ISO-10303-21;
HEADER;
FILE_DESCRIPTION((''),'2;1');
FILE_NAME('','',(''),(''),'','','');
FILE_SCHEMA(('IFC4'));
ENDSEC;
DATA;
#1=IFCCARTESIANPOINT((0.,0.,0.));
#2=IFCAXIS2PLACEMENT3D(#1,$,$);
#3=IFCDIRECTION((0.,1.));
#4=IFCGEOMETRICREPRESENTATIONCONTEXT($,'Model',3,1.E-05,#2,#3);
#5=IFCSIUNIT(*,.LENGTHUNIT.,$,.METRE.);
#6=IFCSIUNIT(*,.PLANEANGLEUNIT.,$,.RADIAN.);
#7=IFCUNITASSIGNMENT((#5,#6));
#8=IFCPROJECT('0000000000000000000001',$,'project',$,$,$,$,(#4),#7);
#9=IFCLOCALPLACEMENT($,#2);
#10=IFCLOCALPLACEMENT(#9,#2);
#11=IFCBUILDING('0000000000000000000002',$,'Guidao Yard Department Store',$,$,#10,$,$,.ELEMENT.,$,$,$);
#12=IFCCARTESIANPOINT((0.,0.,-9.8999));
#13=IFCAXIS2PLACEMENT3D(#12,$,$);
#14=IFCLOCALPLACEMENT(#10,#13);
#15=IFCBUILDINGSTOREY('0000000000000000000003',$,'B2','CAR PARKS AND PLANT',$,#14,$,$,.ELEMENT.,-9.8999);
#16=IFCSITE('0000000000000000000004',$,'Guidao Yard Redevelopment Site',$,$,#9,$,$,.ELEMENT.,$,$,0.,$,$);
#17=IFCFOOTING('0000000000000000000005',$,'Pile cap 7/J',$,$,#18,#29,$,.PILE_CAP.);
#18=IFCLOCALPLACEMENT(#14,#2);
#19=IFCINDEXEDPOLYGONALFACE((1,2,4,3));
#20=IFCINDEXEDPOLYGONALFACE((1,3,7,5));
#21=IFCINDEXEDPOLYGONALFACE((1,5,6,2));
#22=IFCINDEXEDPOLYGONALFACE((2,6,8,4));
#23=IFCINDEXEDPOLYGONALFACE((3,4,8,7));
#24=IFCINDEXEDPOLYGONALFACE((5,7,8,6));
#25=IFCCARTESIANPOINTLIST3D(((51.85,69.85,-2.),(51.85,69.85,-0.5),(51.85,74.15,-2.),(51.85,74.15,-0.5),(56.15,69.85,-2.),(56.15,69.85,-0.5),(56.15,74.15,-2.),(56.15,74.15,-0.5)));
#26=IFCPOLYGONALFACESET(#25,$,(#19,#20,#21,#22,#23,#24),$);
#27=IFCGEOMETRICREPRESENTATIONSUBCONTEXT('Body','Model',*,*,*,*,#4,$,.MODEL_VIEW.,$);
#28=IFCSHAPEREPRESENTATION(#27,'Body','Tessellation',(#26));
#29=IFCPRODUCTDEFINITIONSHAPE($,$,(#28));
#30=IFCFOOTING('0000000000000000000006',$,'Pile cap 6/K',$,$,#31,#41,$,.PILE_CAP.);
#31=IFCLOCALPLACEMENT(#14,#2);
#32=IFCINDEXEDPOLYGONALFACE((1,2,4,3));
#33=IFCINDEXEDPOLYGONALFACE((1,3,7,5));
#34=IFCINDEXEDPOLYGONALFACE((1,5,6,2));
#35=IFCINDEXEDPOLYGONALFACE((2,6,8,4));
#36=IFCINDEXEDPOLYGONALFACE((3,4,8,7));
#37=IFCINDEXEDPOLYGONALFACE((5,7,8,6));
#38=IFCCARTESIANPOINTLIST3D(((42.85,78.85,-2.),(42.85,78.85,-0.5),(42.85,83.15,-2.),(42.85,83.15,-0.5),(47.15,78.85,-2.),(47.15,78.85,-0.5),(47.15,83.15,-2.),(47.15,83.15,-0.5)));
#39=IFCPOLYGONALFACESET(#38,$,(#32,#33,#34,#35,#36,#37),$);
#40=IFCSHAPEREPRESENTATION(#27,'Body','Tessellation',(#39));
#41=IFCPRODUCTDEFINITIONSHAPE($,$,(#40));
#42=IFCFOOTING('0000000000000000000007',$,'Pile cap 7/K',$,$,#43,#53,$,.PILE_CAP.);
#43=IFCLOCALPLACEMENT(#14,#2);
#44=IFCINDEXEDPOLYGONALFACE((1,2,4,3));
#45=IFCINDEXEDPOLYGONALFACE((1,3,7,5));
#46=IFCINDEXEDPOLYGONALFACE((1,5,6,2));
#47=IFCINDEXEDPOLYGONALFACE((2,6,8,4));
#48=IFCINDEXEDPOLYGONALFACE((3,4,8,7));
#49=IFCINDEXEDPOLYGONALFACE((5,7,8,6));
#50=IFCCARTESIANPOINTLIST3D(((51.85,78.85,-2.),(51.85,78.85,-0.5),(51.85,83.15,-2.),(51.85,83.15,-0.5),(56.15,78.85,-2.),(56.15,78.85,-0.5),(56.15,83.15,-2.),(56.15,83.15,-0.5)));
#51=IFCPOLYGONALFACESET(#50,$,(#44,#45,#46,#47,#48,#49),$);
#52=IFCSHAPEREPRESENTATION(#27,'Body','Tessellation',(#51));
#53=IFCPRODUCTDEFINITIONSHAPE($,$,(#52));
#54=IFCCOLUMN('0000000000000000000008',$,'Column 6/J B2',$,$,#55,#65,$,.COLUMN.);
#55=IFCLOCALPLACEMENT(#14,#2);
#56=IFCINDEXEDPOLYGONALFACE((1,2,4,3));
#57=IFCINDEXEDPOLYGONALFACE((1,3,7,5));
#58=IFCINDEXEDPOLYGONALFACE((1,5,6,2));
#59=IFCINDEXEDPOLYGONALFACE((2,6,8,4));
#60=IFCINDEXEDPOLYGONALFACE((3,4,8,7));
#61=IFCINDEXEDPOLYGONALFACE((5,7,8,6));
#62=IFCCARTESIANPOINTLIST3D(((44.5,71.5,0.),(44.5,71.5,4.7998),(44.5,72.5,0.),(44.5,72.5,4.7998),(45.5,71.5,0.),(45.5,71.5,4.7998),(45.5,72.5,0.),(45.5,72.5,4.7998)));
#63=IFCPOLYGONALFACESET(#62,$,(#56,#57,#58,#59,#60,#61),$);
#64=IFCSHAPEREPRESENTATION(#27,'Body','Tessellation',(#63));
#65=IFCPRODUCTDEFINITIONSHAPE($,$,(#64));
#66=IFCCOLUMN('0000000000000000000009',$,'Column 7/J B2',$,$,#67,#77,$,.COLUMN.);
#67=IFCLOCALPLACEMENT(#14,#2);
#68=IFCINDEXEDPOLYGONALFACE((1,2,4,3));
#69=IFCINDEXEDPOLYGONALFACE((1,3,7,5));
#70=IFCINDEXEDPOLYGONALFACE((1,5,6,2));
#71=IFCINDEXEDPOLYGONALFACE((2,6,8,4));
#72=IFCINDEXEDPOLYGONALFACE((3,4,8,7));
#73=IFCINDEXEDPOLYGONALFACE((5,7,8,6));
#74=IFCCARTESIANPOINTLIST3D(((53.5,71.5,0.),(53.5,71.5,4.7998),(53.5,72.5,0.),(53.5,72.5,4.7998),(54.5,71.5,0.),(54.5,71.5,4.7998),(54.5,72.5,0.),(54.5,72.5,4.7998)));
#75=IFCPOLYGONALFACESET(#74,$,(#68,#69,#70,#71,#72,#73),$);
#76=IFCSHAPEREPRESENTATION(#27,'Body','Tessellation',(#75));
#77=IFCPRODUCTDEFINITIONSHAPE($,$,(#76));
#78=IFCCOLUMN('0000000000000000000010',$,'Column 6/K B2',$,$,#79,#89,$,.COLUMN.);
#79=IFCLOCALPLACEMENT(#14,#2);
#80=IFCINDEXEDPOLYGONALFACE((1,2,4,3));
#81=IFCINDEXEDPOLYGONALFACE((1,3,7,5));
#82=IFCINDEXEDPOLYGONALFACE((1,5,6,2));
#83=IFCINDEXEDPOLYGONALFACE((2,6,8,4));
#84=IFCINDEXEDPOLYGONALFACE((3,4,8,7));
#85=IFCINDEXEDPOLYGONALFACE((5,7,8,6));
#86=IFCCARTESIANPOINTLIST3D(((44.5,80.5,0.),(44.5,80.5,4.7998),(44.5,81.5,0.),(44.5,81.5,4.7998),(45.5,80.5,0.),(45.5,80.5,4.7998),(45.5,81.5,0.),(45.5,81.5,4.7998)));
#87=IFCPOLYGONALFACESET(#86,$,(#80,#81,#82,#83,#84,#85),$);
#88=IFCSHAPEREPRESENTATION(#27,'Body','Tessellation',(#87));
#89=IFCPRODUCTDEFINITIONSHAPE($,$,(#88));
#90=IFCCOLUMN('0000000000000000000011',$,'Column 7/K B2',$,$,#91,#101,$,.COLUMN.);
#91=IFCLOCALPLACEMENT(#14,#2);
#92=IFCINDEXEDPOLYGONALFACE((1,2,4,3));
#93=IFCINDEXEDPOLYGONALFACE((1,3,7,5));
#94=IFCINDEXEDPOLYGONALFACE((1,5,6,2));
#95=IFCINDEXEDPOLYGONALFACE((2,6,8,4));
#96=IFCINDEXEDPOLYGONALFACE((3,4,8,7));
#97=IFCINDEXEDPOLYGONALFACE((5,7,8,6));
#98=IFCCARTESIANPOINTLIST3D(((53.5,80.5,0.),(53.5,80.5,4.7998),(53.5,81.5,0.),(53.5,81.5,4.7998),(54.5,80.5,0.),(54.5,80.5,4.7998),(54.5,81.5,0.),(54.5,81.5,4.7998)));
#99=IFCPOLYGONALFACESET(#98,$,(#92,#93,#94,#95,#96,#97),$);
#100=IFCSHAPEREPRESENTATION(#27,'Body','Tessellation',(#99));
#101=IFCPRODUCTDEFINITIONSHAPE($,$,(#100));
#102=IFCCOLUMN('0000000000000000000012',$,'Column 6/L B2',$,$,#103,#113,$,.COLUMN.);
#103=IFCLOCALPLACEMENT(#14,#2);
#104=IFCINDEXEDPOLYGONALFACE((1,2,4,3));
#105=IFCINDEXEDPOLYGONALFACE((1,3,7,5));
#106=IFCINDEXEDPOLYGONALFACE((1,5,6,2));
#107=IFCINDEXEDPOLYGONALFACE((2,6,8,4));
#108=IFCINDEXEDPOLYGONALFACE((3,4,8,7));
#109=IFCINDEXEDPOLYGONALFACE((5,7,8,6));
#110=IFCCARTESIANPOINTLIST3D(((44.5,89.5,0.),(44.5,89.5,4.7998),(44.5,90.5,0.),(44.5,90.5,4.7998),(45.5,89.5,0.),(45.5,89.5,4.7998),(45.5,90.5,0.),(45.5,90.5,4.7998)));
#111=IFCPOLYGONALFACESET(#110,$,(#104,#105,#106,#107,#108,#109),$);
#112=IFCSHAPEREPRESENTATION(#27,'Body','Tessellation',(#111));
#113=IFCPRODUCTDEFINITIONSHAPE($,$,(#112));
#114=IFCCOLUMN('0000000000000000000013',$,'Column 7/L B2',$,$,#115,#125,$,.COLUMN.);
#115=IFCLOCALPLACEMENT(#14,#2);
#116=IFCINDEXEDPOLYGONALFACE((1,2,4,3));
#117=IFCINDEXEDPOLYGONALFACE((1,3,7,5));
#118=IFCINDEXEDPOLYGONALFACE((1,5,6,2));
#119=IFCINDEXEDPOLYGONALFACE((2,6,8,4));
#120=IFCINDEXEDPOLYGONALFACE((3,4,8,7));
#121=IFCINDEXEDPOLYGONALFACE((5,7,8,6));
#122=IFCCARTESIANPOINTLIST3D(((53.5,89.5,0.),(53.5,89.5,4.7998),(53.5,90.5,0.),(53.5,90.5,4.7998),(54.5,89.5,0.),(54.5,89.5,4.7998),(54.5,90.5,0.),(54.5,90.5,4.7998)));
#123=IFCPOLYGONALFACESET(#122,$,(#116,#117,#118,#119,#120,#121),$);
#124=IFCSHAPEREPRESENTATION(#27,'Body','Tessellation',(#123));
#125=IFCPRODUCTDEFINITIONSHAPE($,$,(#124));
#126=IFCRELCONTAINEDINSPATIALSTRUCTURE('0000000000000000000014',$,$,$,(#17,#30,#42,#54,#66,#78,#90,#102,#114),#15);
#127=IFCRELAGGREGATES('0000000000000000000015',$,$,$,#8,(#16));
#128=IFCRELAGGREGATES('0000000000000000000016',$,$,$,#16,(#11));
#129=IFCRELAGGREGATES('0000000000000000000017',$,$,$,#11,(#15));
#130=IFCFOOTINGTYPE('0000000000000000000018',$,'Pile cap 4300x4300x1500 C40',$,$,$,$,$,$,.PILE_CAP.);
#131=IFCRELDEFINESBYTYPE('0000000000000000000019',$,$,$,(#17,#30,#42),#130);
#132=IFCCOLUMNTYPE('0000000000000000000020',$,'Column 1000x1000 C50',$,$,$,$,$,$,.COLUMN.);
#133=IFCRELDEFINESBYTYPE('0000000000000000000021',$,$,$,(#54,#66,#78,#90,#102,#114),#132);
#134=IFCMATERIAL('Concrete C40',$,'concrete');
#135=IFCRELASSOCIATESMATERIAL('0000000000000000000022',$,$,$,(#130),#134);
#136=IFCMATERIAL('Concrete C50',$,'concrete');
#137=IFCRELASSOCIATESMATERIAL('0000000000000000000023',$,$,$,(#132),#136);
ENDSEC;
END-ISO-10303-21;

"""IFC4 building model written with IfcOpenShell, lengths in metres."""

from ifc_helpers import new_model, si_unit, direction, frame, origin, origin_2d, place, context, subcontext, project, spatial, rectangle, extrude, material, material_profile, profile_set, type_object, element, save


model = new_model("IFC4")

# Units and contexts
model_context = context("Model", 3, precision=1e-05, world=origin(), true_north=direction((0.0, 1.0)))
body_context = subcontext(model_context, "Body", "Model", "MODEL_VIEW")
ifc_project = project(units=[si_unit("LENGTHUNIT", "METRE"), si_unit("PLANEANGLEUNIT", "RADIAN")], contexts=[model_context])

# Site, building, storey
site_placement = place(None, origin())
site = spatial("IfcSite", under=ifc_project, at=site_placement, Name="Guidao Yard Redevelopment Site", CompositionType="ELEMENT", RefElevation=0.0)
building_placement = place(site_placement, origin())
building = spatial("IfcBuilding", under=site, at=building_placement, Name="Guidao Yard Department Store", CompositionType="ELEMENT")
storey_placement = place(building_placement, frame((0.0, 0.0, -9.8999)))
storey = spatial("IfcBuildingStorey", under=building, at=storey_placement, Name="B2", Description="CAR PARKS AND PLANT", CompositionType="ELEMENT", Elevation=-9.8999)

# Footings
ifc_material_1 = material(Name="Concrete C40", Category="concrete")
footing_type = type_object("IfcFootingType", Name="Pile cap 4300x4300x1500 C40", PredefinedType="PILE_CAP", material=ifc_material_1)
for number, where, z_axis, x_axis, name in (
    (1, (54.0, 72.0, -2.0), (0.0, 0.0, 1.0), (1.0, 0.0, 0.0), "Pile cap 7/J"),
    (2, (45.0, 81.0, -2.0), (0.0, 0.0, 1.0), (1.0, 0.0, 0.0), "Pile cap 6/K"),
    (3, (54.0, 81.0, -2.0), (0.0, 0.0, 1.0), (1.0, 0.0, 0.0), "Pile cap 7/K"),
):
    element("IfcFooting", number, at=place(storey_placement, frame(where, z_axis=z_axis, x_axis=x_axis)), inside=storey, type_object=footing_type, Name=name, PredefinedType="PILE_CAP", context=body_context, shape_type="SweptSolid", body=[
        extrude(rectangle(XDim=4.3, YDim=4.3, at=origin_2d()), origin(), (0.0, 0.0, 1.0), 1.5),
    ])

# Columns
ifc_material_2 = material(Name="Concrete C50", Category="concrete")
ifc_material_profile_1 = material_profile(ifc_material_2, rectangle(XDim=1.0, YDim=1.0, at=origin_2d()), Name="COL 1000x1000")
ifc_profile_set_1 = profile_set([ifc_material_profile_1], Name="Concrete C50")
column_type = type_object("IfcColumnType", Name="Column 1000x1000 C50", PredefinedType="COLUMN", material=ifc_profile_set_1)
for number, where, z_axis, x_axis, name in (
    (4, (45.0, 72.0, 0.0), (0.0, 0.0, 1.0), (1.0, 0.0, 0.0), "Column 6/J B2"),
    (5, (54.0, 72.0, 0.0), (0.0, 0.0, 1.0), (1.0, 0.0, 0.0), "Column 7/J B2"),
    (6, (45.0, 81.0, 0.0), (0.0, 0.0, 1.0), (1.0, 0.0, 0.0), "Column 6/K B2"),
    (7, (54.0, 81.0, 0.0), (0.0, 0.0, 1.0), (1.0, 0.0, 0.0), "Column 7/K B2"),
    (8, (45.0, 90.0, 0.0), (0.0, 0.0, 1.0), (1.0, 0.0, 0.0), "Column 6/L B2"),
    (9, (54.0, 90.0, 0.0), (0.0, 0.0, 1.0), (1.0, 0.0, 0.0), "Column 7/L B2"),
):
    element("IfcColumn", number, at=place(storey_placement, frame(where, z_axis=z_axis, x_axis=x_axis)), inside=storey, type_object=column_type, Name=name, PredefinedType="COLUMN", context=body_context, shape_type="SweptSolid", body=[
        extrude(rectangle(XDim=1.0, YDim=1.0, at=origin_2d()), origin(), (0.0, 0.0, 1.0), 4.7998),
    ])

save(model, "model.ifc")
